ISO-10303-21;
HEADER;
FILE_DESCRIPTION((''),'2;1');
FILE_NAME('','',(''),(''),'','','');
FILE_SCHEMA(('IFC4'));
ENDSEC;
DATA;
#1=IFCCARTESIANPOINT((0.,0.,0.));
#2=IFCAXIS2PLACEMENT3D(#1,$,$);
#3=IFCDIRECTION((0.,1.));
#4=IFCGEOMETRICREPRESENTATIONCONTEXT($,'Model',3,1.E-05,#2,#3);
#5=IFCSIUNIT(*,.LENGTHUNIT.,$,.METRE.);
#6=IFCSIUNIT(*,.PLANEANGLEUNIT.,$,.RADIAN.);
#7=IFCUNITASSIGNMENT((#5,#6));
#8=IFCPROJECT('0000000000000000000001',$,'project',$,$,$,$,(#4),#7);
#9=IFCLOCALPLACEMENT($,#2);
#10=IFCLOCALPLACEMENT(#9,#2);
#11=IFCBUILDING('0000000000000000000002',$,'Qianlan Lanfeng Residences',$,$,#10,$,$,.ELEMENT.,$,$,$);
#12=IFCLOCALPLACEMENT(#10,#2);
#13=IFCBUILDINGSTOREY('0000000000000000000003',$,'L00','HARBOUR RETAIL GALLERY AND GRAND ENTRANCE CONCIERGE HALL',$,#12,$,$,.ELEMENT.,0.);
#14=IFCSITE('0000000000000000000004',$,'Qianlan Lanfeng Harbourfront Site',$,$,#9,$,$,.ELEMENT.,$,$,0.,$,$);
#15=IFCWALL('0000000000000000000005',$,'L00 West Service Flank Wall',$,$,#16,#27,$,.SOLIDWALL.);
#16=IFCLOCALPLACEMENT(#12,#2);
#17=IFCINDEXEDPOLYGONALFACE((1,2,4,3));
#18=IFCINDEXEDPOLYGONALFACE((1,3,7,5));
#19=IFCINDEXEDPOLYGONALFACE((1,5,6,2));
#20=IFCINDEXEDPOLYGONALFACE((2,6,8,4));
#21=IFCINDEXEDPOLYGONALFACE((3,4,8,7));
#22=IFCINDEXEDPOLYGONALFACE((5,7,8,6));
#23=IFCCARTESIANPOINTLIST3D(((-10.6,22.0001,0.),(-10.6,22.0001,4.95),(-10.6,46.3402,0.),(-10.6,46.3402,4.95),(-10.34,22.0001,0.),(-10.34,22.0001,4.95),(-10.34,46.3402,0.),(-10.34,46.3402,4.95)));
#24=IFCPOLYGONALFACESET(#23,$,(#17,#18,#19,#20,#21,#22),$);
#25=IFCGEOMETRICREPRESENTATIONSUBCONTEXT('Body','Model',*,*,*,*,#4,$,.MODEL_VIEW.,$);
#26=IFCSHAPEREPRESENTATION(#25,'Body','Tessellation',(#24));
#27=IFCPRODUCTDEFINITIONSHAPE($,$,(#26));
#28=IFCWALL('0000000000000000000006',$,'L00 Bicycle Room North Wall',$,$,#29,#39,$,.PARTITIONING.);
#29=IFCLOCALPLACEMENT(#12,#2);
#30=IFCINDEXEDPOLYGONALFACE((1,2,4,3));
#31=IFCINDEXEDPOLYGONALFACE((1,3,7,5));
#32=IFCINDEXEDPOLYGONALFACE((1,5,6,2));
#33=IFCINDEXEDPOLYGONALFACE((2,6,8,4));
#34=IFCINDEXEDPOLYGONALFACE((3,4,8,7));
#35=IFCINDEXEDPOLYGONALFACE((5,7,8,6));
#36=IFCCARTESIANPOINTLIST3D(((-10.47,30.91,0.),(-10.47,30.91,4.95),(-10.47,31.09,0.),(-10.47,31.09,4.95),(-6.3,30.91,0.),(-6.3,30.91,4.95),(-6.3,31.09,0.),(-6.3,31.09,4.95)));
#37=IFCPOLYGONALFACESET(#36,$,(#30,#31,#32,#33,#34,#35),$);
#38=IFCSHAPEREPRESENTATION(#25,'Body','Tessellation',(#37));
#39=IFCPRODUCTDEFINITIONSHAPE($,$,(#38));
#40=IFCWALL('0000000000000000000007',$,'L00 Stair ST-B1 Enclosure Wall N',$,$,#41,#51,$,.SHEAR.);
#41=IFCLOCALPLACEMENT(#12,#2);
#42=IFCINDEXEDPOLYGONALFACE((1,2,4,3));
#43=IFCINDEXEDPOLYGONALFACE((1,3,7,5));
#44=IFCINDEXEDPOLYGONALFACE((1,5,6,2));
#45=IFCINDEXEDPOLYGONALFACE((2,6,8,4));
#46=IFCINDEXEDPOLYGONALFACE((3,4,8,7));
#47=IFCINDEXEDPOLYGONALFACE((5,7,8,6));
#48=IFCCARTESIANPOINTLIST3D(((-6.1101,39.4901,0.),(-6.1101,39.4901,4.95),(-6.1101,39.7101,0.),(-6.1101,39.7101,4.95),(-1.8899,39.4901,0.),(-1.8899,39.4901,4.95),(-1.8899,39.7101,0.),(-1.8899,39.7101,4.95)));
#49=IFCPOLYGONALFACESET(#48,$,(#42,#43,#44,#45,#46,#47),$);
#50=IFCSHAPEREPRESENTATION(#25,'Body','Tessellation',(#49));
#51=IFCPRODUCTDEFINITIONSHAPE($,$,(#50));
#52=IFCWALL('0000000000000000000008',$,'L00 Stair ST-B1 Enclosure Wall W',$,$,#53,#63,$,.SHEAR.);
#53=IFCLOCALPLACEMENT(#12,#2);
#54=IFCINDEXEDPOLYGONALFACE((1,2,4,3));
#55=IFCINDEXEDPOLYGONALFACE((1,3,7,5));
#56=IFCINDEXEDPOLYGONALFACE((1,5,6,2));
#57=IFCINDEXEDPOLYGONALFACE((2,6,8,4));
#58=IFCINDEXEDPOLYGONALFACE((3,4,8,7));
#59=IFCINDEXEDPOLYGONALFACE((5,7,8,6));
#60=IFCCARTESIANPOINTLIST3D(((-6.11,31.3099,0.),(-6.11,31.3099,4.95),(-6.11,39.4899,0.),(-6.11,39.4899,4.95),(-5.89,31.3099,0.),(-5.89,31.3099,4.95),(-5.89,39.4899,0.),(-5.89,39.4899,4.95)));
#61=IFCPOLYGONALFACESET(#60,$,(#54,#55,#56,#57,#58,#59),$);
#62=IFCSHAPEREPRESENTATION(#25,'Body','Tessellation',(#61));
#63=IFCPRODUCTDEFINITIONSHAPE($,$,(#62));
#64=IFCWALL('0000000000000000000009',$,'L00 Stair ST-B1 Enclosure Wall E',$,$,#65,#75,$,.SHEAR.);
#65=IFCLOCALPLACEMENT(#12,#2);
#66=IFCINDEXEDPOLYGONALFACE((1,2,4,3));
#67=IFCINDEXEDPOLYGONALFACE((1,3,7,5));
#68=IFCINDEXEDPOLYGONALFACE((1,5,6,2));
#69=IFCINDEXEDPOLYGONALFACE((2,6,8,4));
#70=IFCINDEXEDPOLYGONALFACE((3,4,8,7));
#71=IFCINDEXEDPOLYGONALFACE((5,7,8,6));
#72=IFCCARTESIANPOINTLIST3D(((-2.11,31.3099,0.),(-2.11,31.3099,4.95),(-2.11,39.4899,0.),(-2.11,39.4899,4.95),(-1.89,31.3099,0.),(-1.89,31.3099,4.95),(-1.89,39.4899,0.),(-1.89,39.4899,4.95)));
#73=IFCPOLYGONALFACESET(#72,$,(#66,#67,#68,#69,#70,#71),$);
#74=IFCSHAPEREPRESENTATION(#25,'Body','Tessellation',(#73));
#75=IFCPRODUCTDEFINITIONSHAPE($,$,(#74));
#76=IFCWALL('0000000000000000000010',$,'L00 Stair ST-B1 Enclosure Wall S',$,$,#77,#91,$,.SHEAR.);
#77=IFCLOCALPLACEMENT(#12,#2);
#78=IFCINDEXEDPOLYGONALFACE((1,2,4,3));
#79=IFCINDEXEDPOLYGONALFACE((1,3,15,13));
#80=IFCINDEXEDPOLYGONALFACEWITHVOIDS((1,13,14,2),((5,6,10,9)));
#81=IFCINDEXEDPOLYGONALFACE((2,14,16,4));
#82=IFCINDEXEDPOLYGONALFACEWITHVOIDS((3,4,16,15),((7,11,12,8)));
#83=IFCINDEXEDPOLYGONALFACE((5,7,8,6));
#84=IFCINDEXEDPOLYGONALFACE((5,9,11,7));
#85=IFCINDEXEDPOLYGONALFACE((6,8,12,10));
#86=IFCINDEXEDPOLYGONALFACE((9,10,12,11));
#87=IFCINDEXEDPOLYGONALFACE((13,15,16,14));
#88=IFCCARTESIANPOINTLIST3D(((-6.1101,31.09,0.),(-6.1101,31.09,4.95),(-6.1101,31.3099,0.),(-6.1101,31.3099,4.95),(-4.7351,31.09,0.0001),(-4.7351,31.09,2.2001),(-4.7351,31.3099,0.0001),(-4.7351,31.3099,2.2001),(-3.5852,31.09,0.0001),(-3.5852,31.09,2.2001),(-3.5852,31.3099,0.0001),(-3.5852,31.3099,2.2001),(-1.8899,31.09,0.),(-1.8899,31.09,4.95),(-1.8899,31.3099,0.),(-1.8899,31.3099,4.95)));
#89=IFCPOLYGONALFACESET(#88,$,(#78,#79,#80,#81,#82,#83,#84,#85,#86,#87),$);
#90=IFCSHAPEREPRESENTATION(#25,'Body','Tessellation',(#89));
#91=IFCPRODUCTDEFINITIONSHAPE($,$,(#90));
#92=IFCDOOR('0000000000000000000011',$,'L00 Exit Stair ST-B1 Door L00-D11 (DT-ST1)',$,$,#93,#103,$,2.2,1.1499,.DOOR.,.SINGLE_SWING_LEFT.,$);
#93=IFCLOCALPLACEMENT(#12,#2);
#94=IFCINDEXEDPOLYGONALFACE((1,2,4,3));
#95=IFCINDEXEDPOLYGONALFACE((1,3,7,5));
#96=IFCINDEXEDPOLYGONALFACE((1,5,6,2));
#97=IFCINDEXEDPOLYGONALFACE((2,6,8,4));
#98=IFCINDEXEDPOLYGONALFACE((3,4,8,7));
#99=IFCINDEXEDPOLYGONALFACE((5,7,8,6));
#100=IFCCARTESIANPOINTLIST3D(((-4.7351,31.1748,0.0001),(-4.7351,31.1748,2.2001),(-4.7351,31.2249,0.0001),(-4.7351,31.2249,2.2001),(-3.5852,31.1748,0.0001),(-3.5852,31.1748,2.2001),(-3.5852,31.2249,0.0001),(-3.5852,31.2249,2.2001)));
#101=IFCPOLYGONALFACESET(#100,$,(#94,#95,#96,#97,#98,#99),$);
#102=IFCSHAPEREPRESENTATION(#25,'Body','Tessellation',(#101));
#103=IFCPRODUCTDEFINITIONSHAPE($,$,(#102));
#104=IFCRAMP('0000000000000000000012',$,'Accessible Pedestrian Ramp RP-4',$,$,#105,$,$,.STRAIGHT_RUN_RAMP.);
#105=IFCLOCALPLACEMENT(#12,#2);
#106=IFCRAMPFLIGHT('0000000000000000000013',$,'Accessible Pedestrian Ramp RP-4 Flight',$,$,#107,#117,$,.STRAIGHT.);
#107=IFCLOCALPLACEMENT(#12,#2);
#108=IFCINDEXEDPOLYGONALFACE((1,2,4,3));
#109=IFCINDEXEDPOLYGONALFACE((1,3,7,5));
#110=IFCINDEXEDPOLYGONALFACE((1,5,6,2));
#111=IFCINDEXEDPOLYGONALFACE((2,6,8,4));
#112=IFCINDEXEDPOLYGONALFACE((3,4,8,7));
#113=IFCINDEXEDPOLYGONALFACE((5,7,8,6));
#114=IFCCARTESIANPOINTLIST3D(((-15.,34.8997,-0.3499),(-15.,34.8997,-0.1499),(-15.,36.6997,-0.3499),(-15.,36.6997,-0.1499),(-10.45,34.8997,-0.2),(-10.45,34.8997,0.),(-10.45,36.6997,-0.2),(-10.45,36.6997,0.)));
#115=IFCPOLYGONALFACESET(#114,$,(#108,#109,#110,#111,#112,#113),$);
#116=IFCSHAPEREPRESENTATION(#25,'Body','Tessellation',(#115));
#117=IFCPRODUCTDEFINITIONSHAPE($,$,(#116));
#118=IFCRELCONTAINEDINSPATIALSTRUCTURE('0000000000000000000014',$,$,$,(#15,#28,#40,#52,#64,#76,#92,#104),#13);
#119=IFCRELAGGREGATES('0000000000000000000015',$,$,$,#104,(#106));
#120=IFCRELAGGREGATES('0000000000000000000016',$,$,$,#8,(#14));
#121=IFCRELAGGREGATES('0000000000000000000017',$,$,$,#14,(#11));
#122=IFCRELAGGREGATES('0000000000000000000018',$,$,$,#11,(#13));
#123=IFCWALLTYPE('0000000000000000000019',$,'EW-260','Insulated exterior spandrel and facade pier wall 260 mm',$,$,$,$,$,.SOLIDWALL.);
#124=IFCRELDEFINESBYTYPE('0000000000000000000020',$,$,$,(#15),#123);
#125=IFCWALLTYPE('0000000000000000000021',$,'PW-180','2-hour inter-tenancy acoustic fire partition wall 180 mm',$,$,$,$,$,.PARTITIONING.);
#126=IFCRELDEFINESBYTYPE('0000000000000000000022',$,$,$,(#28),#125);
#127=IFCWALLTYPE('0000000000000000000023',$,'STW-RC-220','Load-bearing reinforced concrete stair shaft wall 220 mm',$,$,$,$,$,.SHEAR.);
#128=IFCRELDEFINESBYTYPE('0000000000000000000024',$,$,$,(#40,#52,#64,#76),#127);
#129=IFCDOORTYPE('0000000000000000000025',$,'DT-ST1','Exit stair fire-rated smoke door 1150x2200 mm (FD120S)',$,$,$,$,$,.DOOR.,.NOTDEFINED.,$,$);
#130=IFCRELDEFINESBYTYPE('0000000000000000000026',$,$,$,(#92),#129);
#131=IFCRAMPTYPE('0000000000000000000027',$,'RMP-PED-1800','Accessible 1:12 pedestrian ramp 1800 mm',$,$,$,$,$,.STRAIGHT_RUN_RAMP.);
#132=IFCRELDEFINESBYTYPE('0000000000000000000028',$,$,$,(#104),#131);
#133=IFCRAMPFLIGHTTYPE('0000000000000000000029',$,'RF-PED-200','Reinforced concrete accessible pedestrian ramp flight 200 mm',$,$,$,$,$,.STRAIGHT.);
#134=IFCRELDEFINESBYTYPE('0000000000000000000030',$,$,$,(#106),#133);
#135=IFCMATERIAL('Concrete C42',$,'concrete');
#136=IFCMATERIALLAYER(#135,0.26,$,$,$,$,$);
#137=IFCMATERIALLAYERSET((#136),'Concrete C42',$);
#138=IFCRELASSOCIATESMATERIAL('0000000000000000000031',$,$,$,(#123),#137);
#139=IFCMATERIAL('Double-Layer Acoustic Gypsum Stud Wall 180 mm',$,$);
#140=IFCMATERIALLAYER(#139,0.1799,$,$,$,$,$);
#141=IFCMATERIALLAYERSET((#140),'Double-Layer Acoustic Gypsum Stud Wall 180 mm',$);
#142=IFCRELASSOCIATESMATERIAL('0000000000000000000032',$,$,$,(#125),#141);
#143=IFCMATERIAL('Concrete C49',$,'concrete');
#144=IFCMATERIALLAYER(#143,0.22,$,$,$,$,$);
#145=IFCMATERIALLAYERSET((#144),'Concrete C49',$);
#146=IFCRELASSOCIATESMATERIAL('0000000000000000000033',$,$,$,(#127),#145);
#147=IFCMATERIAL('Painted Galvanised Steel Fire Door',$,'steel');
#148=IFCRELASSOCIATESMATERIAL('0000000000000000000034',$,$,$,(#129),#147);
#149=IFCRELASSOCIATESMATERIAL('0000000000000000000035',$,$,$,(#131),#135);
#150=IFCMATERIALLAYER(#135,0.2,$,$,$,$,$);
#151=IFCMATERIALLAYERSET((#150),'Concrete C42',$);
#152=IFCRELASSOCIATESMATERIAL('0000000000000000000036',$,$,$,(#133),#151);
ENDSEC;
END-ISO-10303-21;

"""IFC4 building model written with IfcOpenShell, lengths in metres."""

from ifc_helpers import new_model, si_unit, direction, frame, frame_2d, origin, place, context, subcontext, project, spatial, polyline, rectangle, outline, extrude, material, layer, layer_set, type_object, element, fill, aggregate, save


model = new_model("IFC4")

# Units and contexts
model_context = context("Model", 3, precision=1e-05, world=origin(), true_north=direction((0.0, 1.0)))
body_context = subcontext(model_context, "Body", "Model", "MODEL_VIEW")
ifc_project = project(units=[si_unit("LENGTHUNIT", "METRE"), si_unit("PLANEANGLEUNIT", "RADIAN")], contexts=[model_context])

# Site, building, storey
site_placement = place(None, origin())
site = spatial("IfcSite", under=ifc_project, at=site_placement, Name="Qianlan Lanfeng Harbourfront Site", CompositionType="ELEMENT", RefElevation=0.0)
building_placement = place(site_placement, origin())
building = spatial("IfcBuilding", under=site, at=building_placement, Name="Qianlan Lanfeng Residences", CompositionType="ELEMENT")
storey_placement = place(building_placement, origin())
storey = spatial("IfcBuildingStorey", under=building, at=storey_placement, Name="L00", Description="HARBOUR RETAIL GALLERY AND GRAND ENTRANCE CONCIERGE HALL", CompositionType="ELEMENT", Elevation=0.0)

# Shared definitions
ifc_material_1 = material(Name="Painted Galvanised Steel Fire Door", Category="steel")

# Walls
ifc_material_2 = material(Name="Concrete C42", Category="concrete")
ifc_layer_1 = layer(ifc_material_2, 0.26)
ifc_layer_set_1 = layer_set([ifc_layer_1], Name="Concrete C42")
wall_type_1 = type_object("IfcWallType", Name="EW-260", Description="Insulated exterior spandrel and facade pier wall 260 mm", PredefinedType="SOLIDWALL", material=ifc_layer_set_1)
wall_1_placement = place(storey_placement, frame((-10.47, 46.3401, 0.0), z_axis=(0.0, 0.0, 1.0), x_axis=(0.0, -1.0, 0.0)))
element("IfcWall", 1, at=wall_1_placement, inside=storey, type_object=wall_type_1, Name="L00 West Service Flank Wall", PredefinedType="SOLIDWALL", context=body_context, shape_type="SweptSolid", body=[
    extrude(rectangle(XDim=24.3401, YDim=0.26, at=frame_2d((12.1699, 0.0))), origin(), (0.0, 0.0, 1.0), 4.95),
])
ifc_material_3 = material(Name="Double-Layer Acoustic Gypsum Stud Wall 180 mm")
ifc_layer_2 = layer(ifc_material_3, 0.1799)
ifc_layer_set_2 = layer_set([ifc_layer_2], Name="Double-Layer Acoustic Gypsum Stud Wall 180 mm")
wall_type_2 = type_object("IfcWallType", Name="PW-180", Description="2-hour inter-tenancy acoustic fire partition wall 180 mm", PredefinedType="PARTITIONING", material=ifc_layer_set_2)
wall_2_placement = place(storey_placement, frame((-10.47, 31.0, 0.0), z_axis=(0.0, 0.0, 1.0), x_axis=(1.0, 0.0, 0.0)))
element("IfcWall", 2, at=wall_2_placement, inside=storey, type_object=wall_type_2, Name="L00 Bicycle Room North Wall", PredefinedType="PARTITIONING", context=body_context, shape_type="SweptSolid", body=[
    extrude(rectangle(XDim=4.1699, YDim=0.1799, at=frame_2d((2.085, 0.0))), origin(), (0.0, 0.0, 1.0), 4.95),
])
ifc_material_4 = material(Name="Concrete C49", Category="concrete")
ifc_layer_3 = layer(ifc_material_4, 0.22)
ifc_layer_set_3 = layer_set([ifc_layer_3], Name="Concrete C49")
wall_type_3 = type_object("IfcWallType", Name="STW-RC-220", Description="Load-bearing reinforced concrete stair shaft wall 220 mm", PredefinedType="SHEAR", material=ifc_layer_set_3)
wall_3_placement = place(storey_placement, frame((-6.1101, 39.6001, 0.0), z_axis=(0.0, 0.0, 1.0), x_axis=(1.0, 0.0, 0.0)))
element("IfcWall", 3, at=wall_3_placement, inside=storey, type_object=wall_type_3, Name="L00 Stair ST-B1 Enclosure Wall N", PredefinedType="SHEAR", context=body_context, shape_type="SweptSolid", body=[
    extrude(rectangle(XDim=4.2202, YDim=0.22, at=frame_2d((2.1101, 0.0))), origin(), (0.0, 0.0, 1.0), 4.95),
])
for number, where, z_axis, x_axis, name in (
    (4, (-6.0, 31.3101, 0.0), (0.0, 0.0, 1.0), (0.0, 1.0, 0.0), "L00 Stair ST-B1 Enclosure Wall W"),
    (5, (-2.0, 31.3101, 0.0), (0.0, 0.0, 1.0), (0.0, 1.0, 0.0), "L00 Stair ST-B1 Enclosure Wall E"),
):
    element("IfcWall", number, at=place(storey_placement, frame(where, z_axis=z_axis, x_axis=x_axis)), inside=storey, type_object=wall_type_3, Name=name, PredefinedType="SHEAR", context=body_context, shape_type="SweptSolid", body=[
        extrude(rectangle(XDim=8.1799, YDim=0.22, at=frame_2d((4.0898, 0.0))), origin(), (0.0, 0.0, 1.0), 4.95),
    ])

# Wall, opening, door
wall_4_placement = place(storey_placement, frame((-6.1101, 31.2, 0.0), z_axis=(0.0, 0.0, 1.0), x_axis=(1.0, 0.0, 0.0)))
wall_4 = element("IfcWall", 6, at=wall_4_placement, inside=storey, type_object=wall_type_3, Name="L00 Stair ST-B1 Enclosure Wall S", PredefinedType="SHEAR", context=body_context, shape_type="SweptSolid", body=[
    extrude(rectangle(XDim=4.2202, YDim=0.22, at=frame_2d((2.1101, 0.0))), origin(), (0.0, 0.0, 1.0), 4.95),
])
opening_1_placement = place(wall_4_placement, frame((1.375, 0.0, 0.0)))
opening_1 = element("IfcOpeningElement", 7, at=opening_1_placement, cuts=wall_4, PredefinedType="OPENING", context=body_context, shape_type="SweptSolid", body=[
    extrude(rectangle(XDim=1.1499, YDim=2.2, at=frame_2d((0.575, 1.1001))), frame((0.0, 0.1201, 0.0), z_axis=(0.0, -1.0, 0.0), x_axis=(1.0, 0.0, 0.0)), (0.0, 0.0, 1.0), 0.24),
])
door_type_1 = type_object("IfcDoorType", Name="DT-ST1", Description="Exit stair fire-rated smoke door 1150x2200 mm (FD120S)", OperationType="NOTDEFINED", PredefinedType="DOOR", material=ifc_material_1)
door_1_placement = place(opening_1_placement, origin())
door_1 = element("IfcDoor", 8, at=door_1_placement, inside=storey, type_object=door_type_1, Name="L00 Exit Stair ST-B1 Door L00-D11 (DT-ST1)", OperationType="SINGLE_SWING_LEFT", OverallHeight=2.2, OverallWidth=1.1499, PredefinedType="DOOR", context=body_context, shape_type="SweptSolid", body=[
    extrude(rectangle(XDim=1.1499, YDim=2.2, at=frame_2d((0.575, 1.1001))), frame((0.0, 0.0249, 0.0), z_axis=(0.0, -1.0, 0.0), x_axis=(1.0, 0.0, 0.0)), (0.0, 0.0, 1.0), 0.05),
])
fill(opening_1, door_1)

# Ramp, ramp flight
ramp_type = type_object("IfcRampType", Name="RMP-PED-1800", Description="Accessible 1:12 pedestrian ramp 1800 mm", PredefinedType="STRAIGHT_RUN_RAMP", material=ifc_material_2)
ramp_placement = place(storey_placement, origin())
ramp = element("IfcRamp", 9, at=ramp_placement, inside=storey, type_object=ramp_type, Name="Accessible Pedestrian Ramp RP-4", PredefinedType="STRAIGHT_RUN_RAMP")
ifc_layer_4 = layer(ifc_material_2, 0.2)
ifc_layer_set_4 = layer_set([ifc_layer_4], Name="Concrete C42")
ramp_flight_type = type_object("IfcRampFlightType", Name="RF-PED-200", Description="Reinforced concrete accessible pedestrian ramp flight 200 mm", PredefinedType="STRAIGHT", material=ifc_layer_set_4)
ramp_flight_placement = place(storey_placement, frame((-15.0, 35.7998, -0.1499), z_axis=(0.0, 0.0, 1.0), x_axis=(1.0, 0.0, 0.0)))
ramp_flight = element("IfcRampFlight", 10, at=ramp_flight_placement, type_object=ramp_flight_type, Name="Accessible Pedestrian Ramp RP-4 Flight", PredefinedType="STRAIGHT", context=body_context, shape_type="SweptSolid", body=[
    extrude(outline(polyline([(0.0, -0.2), (4.55, -0.05), (4.55, 0.1499), (0.0, 0.0), (0.0, -0.2)])), frame((0.0, 0.8999, 0.0), z_axis=(0.0, -1.0, 0.0), x_axis=(1.0, 0.0, 0.0)), (0.0, 0.0, 1.0), 1.8),
])
aggregate(ramp, [ramp_flight])

save(model, "model.ifc")
